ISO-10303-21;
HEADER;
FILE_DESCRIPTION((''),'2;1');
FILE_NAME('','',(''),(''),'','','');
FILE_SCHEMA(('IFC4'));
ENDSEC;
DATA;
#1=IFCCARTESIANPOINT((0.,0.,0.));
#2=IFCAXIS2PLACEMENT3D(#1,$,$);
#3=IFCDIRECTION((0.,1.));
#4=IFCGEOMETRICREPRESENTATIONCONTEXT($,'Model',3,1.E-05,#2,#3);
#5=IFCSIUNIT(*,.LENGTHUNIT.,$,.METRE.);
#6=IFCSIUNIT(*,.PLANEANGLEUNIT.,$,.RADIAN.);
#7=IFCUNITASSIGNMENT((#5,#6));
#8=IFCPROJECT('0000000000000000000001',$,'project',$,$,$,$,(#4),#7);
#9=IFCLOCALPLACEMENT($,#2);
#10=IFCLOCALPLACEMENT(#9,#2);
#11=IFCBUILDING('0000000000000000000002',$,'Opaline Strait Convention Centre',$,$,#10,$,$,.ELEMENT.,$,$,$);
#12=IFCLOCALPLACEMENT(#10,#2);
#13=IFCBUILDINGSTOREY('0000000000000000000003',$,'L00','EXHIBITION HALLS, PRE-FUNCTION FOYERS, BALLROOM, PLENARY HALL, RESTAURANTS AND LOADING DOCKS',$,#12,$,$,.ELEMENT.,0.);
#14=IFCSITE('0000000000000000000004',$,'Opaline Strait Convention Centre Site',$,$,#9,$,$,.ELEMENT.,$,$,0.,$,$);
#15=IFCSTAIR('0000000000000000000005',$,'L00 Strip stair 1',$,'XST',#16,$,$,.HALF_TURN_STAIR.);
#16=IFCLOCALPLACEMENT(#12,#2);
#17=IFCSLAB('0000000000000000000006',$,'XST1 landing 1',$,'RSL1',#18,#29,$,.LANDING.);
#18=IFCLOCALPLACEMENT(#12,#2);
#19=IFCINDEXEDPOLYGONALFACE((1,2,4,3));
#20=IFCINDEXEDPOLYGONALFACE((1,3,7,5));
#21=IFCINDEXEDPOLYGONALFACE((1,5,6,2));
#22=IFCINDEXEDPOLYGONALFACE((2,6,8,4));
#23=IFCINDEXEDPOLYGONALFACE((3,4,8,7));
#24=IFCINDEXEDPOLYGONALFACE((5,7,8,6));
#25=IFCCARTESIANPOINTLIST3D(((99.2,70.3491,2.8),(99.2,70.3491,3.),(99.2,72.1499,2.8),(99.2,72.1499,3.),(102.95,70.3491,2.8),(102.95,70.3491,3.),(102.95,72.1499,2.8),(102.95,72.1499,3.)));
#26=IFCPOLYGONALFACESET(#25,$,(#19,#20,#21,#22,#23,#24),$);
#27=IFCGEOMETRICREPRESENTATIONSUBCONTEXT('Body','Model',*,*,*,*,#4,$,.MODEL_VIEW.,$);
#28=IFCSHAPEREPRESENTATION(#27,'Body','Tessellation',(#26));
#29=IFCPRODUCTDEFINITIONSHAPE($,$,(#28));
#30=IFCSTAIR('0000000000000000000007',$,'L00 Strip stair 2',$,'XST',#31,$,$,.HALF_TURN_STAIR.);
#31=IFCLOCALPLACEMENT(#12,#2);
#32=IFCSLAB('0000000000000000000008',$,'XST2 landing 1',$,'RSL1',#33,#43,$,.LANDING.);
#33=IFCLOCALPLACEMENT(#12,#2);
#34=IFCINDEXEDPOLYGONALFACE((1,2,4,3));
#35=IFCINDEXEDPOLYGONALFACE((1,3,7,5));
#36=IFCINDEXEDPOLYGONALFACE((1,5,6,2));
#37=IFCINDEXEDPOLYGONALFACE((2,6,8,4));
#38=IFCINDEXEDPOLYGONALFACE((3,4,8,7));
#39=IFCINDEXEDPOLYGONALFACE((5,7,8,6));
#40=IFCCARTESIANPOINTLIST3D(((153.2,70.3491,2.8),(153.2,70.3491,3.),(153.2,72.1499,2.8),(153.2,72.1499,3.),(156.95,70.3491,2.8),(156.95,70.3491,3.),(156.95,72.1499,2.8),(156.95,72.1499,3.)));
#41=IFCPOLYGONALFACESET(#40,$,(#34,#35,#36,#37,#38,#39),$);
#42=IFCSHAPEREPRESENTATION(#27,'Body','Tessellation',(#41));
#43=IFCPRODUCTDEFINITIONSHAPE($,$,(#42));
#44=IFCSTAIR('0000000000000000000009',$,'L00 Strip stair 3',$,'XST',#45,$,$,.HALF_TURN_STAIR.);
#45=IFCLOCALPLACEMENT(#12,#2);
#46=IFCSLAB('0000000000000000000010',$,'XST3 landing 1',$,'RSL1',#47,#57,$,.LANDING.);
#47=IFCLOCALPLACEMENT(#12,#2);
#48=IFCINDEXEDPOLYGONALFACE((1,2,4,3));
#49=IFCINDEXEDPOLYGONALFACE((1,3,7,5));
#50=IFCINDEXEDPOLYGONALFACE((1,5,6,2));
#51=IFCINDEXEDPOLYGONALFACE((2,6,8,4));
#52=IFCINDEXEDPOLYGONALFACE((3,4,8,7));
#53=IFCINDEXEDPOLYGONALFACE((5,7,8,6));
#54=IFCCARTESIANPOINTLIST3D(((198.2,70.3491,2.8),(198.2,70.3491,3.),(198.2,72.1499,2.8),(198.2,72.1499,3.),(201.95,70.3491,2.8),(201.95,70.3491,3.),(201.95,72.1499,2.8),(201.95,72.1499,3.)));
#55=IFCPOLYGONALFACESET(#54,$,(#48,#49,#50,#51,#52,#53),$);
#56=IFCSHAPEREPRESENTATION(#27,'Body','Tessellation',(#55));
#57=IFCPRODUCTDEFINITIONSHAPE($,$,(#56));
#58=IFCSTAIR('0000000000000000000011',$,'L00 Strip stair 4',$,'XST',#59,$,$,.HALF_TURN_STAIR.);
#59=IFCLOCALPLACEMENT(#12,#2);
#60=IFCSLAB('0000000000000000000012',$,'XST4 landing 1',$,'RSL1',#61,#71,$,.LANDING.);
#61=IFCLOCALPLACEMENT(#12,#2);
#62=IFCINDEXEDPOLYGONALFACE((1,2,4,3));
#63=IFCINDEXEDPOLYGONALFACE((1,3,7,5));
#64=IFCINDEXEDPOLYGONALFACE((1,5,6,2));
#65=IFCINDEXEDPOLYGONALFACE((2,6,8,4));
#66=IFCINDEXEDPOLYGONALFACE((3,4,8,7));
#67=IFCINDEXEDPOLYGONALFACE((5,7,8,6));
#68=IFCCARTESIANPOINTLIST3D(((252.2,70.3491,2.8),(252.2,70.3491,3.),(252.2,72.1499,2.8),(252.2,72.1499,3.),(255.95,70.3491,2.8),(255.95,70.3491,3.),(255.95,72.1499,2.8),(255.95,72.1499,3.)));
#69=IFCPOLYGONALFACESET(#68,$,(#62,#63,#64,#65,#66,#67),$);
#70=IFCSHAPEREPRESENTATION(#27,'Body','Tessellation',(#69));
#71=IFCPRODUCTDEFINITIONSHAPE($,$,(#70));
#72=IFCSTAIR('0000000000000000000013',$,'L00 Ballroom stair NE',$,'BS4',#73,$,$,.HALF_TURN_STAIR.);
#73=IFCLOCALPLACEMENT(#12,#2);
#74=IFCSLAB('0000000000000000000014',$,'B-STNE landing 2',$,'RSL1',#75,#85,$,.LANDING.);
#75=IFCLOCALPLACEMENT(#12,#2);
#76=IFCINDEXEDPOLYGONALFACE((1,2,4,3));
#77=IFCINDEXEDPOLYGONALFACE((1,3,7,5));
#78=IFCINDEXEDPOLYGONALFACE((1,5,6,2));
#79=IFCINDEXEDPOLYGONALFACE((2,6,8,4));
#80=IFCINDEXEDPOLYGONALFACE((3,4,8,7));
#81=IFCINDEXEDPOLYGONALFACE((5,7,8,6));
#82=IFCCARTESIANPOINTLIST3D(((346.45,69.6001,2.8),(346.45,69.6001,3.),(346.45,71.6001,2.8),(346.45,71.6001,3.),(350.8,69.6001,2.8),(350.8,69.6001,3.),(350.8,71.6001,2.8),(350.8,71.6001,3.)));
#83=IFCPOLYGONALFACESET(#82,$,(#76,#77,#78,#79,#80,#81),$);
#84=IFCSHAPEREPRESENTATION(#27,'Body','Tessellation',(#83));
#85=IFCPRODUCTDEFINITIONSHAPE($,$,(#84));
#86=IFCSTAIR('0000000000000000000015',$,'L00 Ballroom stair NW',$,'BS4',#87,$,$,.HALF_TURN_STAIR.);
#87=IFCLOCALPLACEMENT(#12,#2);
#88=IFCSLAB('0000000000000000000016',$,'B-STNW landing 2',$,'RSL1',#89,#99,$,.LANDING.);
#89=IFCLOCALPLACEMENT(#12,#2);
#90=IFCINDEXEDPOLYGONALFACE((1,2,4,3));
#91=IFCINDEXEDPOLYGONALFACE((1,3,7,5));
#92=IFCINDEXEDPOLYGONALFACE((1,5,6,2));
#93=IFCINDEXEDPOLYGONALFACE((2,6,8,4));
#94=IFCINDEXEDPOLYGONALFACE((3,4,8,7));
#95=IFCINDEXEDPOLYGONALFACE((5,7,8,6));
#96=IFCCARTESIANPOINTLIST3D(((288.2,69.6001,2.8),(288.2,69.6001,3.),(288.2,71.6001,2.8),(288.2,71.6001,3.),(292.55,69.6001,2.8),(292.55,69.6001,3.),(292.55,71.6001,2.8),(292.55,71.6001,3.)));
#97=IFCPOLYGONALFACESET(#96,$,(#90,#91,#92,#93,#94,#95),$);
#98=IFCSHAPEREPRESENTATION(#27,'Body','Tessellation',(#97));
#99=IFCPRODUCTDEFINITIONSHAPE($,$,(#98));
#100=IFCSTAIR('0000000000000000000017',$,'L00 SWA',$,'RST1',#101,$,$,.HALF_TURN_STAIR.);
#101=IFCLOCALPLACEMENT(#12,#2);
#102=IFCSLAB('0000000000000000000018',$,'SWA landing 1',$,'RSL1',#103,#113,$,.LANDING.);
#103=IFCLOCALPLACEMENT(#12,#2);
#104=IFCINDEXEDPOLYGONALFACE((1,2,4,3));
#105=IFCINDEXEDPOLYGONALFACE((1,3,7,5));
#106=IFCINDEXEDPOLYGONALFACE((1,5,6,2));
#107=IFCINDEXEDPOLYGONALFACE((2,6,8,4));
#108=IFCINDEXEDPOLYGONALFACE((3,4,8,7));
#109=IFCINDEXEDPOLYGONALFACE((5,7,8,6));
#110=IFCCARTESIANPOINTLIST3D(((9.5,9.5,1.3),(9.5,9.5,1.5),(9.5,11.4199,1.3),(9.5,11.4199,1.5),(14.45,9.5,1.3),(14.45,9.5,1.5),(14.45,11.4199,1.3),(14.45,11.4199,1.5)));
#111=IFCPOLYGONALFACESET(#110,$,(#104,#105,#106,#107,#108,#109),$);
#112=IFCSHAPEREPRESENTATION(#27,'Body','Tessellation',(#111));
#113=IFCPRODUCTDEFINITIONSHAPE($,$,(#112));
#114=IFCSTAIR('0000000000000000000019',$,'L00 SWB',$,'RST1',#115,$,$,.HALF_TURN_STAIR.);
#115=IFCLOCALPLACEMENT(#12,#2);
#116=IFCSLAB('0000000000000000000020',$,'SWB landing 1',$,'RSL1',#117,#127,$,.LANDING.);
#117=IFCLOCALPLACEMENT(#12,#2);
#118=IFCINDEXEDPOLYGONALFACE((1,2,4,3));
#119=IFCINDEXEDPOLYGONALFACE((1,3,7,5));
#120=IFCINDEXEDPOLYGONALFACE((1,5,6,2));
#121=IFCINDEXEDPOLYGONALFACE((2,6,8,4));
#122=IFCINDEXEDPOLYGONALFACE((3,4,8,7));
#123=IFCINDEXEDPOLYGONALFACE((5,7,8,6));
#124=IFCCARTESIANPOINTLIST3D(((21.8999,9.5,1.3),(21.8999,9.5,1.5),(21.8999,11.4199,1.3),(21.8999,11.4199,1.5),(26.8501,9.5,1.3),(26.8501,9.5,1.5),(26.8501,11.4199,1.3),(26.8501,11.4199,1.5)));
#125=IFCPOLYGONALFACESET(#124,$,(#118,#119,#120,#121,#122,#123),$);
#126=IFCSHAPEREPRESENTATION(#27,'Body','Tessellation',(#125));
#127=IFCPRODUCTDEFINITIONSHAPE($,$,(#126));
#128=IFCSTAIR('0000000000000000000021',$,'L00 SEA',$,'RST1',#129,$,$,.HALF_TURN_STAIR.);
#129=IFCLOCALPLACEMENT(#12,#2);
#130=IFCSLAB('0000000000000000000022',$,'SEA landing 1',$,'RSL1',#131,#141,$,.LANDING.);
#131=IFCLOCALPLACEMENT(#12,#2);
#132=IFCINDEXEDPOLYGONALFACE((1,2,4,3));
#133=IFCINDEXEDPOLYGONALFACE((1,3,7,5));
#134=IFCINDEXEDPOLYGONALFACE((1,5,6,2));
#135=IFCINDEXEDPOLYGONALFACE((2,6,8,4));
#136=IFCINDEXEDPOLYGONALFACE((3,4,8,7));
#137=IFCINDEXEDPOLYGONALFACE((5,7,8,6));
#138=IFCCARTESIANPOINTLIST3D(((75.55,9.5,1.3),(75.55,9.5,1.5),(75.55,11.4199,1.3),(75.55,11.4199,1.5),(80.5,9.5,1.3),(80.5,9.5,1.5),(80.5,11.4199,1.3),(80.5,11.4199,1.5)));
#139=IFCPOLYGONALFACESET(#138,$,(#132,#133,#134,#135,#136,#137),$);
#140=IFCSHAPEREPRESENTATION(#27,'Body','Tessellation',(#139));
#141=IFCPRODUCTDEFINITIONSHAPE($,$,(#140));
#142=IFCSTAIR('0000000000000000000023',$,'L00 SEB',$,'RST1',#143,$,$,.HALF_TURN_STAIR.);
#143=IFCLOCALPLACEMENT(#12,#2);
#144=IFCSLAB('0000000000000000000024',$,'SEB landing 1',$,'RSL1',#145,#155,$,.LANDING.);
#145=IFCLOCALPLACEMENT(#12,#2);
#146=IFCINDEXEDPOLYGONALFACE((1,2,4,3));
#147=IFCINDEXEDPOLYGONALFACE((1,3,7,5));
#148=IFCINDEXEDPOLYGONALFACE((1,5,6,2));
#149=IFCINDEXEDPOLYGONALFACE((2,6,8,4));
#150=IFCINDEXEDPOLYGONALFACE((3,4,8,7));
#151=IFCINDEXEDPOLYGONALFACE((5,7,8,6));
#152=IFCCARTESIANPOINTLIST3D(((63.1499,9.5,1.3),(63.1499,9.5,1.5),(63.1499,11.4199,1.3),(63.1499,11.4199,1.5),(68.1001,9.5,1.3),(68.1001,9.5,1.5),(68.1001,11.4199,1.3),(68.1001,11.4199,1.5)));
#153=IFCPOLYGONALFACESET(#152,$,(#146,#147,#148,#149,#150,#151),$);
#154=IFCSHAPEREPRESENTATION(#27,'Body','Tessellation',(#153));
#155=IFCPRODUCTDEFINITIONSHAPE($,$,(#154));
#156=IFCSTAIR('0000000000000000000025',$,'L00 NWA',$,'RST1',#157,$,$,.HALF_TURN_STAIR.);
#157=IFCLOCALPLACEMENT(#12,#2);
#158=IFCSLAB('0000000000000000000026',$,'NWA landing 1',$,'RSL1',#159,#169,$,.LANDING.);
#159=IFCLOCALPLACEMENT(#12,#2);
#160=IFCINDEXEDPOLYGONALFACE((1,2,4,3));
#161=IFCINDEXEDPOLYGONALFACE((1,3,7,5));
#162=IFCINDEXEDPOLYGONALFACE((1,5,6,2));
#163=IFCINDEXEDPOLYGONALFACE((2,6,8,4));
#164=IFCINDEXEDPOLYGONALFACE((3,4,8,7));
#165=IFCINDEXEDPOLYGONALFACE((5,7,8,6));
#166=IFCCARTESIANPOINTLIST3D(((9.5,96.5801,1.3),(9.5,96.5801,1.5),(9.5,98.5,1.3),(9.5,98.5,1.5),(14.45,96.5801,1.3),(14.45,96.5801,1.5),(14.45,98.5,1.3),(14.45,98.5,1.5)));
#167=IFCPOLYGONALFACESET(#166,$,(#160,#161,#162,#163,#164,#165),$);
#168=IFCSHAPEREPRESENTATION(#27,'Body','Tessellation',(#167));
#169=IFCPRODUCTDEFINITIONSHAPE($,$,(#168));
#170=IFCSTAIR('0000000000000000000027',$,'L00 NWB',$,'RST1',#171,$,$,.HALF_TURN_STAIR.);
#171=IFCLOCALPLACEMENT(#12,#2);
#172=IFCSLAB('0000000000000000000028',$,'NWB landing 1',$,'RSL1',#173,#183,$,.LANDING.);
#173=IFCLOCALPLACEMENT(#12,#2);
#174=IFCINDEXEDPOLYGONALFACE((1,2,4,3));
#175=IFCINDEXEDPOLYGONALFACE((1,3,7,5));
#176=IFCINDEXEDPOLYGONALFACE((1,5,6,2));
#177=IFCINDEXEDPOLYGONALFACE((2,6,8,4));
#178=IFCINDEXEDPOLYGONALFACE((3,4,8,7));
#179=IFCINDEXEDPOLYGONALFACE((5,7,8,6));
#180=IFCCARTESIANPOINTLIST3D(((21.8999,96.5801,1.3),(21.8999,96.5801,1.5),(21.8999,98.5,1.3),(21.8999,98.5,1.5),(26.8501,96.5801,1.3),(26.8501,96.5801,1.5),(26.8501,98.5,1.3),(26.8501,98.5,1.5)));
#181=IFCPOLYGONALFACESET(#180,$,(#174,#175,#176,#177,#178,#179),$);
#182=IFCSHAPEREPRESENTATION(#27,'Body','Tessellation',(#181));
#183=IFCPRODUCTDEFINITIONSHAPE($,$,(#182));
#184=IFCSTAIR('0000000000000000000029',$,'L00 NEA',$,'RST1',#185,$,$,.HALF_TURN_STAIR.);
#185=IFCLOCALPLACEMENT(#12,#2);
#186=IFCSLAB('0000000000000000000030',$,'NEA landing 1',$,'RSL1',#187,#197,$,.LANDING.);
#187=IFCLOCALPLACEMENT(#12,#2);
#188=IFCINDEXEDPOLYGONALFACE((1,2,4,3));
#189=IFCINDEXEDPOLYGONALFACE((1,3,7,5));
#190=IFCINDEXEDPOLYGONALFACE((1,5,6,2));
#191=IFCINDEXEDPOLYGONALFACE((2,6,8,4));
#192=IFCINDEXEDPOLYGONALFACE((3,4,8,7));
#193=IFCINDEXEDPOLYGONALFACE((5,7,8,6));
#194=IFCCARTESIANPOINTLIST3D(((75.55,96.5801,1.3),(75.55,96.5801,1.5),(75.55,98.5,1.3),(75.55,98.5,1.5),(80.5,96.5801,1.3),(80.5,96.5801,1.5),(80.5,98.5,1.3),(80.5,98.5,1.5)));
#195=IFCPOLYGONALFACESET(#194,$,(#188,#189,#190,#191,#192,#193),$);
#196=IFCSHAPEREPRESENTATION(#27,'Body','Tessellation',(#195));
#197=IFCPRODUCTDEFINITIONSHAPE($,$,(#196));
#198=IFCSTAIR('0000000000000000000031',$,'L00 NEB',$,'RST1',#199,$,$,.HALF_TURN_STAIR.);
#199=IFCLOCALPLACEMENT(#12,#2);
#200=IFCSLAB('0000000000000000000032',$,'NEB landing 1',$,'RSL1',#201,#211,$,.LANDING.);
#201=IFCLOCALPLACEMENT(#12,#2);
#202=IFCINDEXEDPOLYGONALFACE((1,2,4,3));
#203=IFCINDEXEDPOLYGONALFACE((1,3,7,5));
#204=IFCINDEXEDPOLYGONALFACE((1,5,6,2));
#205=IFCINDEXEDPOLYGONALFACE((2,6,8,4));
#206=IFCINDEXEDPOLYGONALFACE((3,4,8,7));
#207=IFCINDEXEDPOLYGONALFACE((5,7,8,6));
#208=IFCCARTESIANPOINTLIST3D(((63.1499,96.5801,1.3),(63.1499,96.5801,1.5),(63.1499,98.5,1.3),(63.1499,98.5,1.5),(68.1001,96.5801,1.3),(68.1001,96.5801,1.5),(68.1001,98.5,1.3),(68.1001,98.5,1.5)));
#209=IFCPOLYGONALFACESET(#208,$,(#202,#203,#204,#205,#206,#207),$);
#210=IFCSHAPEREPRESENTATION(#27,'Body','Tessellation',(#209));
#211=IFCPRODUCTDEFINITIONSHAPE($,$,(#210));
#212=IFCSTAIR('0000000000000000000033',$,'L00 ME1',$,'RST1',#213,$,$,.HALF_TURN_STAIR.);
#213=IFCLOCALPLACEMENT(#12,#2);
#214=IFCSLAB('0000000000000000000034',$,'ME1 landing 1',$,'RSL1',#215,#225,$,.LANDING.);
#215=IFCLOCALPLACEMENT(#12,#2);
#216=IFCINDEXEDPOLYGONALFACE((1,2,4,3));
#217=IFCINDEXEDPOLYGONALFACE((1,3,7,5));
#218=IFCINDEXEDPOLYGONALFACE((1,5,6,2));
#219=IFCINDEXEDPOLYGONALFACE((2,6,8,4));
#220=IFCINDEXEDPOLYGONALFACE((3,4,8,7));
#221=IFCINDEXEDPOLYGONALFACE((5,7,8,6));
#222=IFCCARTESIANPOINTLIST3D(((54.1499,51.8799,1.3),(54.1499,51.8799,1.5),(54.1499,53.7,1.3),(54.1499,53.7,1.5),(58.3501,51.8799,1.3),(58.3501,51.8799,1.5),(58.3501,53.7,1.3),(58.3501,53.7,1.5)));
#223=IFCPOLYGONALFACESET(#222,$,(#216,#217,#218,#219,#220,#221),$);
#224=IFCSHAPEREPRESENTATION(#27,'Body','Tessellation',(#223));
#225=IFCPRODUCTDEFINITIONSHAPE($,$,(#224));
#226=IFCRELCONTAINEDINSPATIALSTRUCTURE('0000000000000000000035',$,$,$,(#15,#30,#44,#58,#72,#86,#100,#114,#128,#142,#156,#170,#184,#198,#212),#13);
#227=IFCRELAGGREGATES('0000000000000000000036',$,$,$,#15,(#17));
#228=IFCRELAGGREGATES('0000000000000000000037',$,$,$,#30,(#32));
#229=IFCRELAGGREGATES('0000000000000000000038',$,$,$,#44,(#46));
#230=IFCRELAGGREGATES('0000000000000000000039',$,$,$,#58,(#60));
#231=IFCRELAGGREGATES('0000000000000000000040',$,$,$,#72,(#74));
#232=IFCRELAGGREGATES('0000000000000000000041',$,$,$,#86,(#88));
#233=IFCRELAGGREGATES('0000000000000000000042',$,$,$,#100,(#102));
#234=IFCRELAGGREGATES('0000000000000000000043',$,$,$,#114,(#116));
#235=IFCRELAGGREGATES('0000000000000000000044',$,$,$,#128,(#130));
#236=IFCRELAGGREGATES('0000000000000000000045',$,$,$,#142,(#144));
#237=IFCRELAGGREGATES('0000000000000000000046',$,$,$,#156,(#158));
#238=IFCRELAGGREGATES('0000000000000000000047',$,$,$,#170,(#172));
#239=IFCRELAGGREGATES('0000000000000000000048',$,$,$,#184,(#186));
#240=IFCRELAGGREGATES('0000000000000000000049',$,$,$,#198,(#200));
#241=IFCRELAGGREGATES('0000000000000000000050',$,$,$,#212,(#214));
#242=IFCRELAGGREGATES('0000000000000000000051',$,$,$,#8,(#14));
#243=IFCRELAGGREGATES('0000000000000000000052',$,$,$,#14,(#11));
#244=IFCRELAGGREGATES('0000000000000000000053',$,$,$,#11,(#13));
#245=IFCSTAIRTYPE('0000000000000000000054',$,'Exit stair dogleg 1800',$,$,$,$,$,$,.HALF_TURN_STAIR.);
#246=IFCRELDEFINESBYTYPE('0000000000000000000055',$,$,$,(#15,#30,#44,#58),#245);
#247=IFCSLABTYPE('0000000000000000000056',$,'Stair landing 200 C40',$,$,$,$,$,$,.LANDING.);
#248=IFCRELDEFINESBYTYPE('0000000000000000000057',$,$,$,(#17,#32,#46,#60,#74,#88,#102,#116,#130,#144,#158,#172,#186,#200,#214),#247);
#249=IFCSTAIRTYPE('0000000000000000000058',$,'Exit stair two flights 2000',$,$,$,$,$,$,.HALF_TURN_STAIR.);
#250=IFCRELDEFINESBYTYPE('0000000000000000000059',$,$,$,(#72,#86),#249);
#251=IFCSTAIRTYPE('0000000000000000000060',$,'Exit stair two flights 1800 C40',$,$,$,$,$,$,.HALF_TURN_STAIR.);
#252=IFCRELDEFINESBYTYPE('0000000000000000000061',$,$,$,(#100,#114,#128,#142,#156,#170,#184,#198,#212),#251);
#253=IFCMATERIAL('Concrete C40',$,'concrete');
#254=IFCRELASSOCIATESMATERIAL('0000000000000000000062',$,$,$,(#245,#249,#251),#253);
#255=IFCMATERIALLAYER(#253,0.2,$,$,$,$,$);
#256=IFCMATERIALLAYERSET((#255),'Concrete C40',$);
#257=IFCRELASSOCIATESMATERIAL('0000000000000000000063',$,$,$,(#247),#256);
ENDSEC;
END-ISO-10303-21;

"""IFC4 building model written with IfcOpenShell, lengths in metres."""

from ifc_helpers import new_model, si_unit, direction, frame, origin, place, context, subcontext, project, spatial, polyline, outline, extrude, material, layer, layer_set, type_object, element, aggregate, save


model = new_model("IFC4")

# Units and contexts
model_context = context("Model", 3, precision=1e-05, world=origin(), true_north=direction((0.0, 1.0)))
body_context = subcontext(model_context, "Body", "Model", "MODEL_VIEW")
ifc_project = project(units=[si_unit("LENGTHUNIT", "METRE"), si_unit("PLANEANGLEUNIT", "RADIAN")], contexts=[model_context])

# Site, building, storey
site_placement = place(None, origin())
site = spatial("IfcSite", under=ifc_project, at=site_placement, Name="Opaline Strait Convention Centre Site", CompositionType="ELEMENT", RefElevation=0.0)
building_placement = place(site_placement, origin())
building = spatial("IfcBuilding", under=site, at=building_placement, Name="Opaline Strait Convention Centre", CompositionType="ELEMENT")
storey_placement = place(building_placement, origin())
storey = spatial("IfcBuildingStorey", under=building, at=storey_placement, Name="L00", Description="EXHIBITION HALLS, PRE-FUNCTION FOYERS, BALLROOM, PLENARY HALL, RESTAURANTS AND LOADING DOCKS", CompositionType="ELEMENT", Elevation=0.0)

# Stairs, slabs
ifc_material = material(Name="Concrete C40", Category="concrete")
stair_type_1 = type_object("IfcStairType", Name="Exit stair dogleg 1800", PredefinedType="HALF_TURN_STAIR", material=ifc_material)
stair_1_placement = place(storey_placement, origin())
stair_1 = element("IfcStair", 1, at=stair_1_placement, inside=storey, type_object=stair_type_1, Name="L00 Strip stair 1", ObjectType="XST", PredefinedType="HALF_TURN_STAIR")
ifc_layer_1 = layer(ifc_material, 0.2)
ifc_layer_set_1 = layer_set([ifc_layer_1], Name="Concrete C40")
slab_type_1 = type_object("IfcSlabType", Name="Stair landing 200 C40", PredefinedType="LANDING", material=ifc_layer_set_1)
slab_1_placement = place(storey_placement, frame((0.0, 0.0, 2.8)))
slab_1 = element("IfcSlab", 2, at=slab_1_placement, type_object=slab_type_1, Name="XST1 landing 1", ObjectType="RSL1", PredefinedType="LANDING", context=body_context, shape_type="SweptSolid", body=[
    extrude(outline(polyline([(102.95, 70.3491), (102.95, 72.1499), (99.2, 72.1499), (99.2, 70.3491), (102.95, 70.3491)])), origin(), (0.0, 0.0, 1.0), 0.2),
])
aggregate(stair_1, [slab_1])
stair_2_placement = place(storey_placement, origin())
stair_2 = element("IfcStair", 3, at=stair_2_placement, inside=storey, type_object=stair_type_1, Name="L00 Strip stair 2", ObjectType="XST", PredefinedType="HALF_TURN_STAIR")
slab_2_placement = place(storey_placement, frame((0.0, 0.0, 2.8)))
slab_2 = element("IfcSlab", 4, at=slab_2_placement, type_object=slab_type_1, Name="XST2 landing 1", ObjectType="RSL1", PredefinedType="LANDING", context=body_context, shape_type="SweptSolid", body=[
    extrude(outline(polyline([(156.95, 70.3491), (156.95, 72.1499), (153.2, 72.1499), (153.2, 70.3491), (156.95, 70.3491)])), origin(), (0.0, 0.0, 1.0), 0.2),
])
aggregate(stair_2, [slab_2])
stair_3_placement = place(storey_placement, origin())
stair_3 = element("IfcStair", 5, at=stair_3_placement, inside=storey, type_object=stair_type_1, Name="L00 Strip stair 3", ObjectType="XST", PredefinedType="HALF_TURN_STAIR")
slab_3_placement = place(storey_placement, frame((0.0, 0.0, 2.8)))
slab_3 = element("IfcSlab", 6, at=slab_3_placement, type_object=slab_type_1, Name="XST3 landing 1", ObjectType="RSL1", PredefinedType="LANDING", context=body_context, shape_type="SweptSolid", body=[
    extrude(outline(polyline([(201.95, 70.3491), (201.95, 72.1499), (198.2, 72.1499), (198.2, 70.3491), (201.95, 70.3491)])), origin(), (0.0, 0.0, 1.0), 0.2),
])
aggregate(stair_3, [slab_3])
stair_4_placement = place(storey_placement, origin())
stair_4 = element("IfcStair", 7, at=stair_4_placement, inside=storey, type_object=stair_type_1, Name="L00 Strip stair 4", ObjectType="XST", PredefinedType="HALF_TURN_STAIR")
slab_4_placement = place(storey_placement, frame((0.0, 0.0, 2.8)))
slab_4 = element("IfcSlab", 8, at=slab_4_placement, type_object=slab_type_1, Name="XST4 landing 1", ObjectType="RSL1", PredefinedType="LANDING", context=body_context, shape_type="SweptSolid", body=[
    extrude(outline(polyline([(255.95, 70.3491), (255.95, 72.1499), (252.2, 72.1499), (252.2, 70.3491), (255.95, 70.3491)])), origin(), (0.0, 0.0, 1.0), 0.2),
])
aggregate(stair_4, [slab_4])
stair_type_2 = type_object("IfcStairType", Name="Exit stair two flights 2000", PredefinedType="HALF_TURN_STAIR", material=ifc_material)
stair_5_placement = place(storey_placement, origin())
stair_5 = element("IfcStair", 9, at=stair_5_placement, inside=storey, type_object=stair_type_2, Name="L00 Ballroom stair NE", ObjectType="BS4", PredefinedType="HALF_TURN_STAIR")
slab_5_placement = place(storey_placement, frame((0.0, 0.0, 2.8)))
slab_5 = element("IfcSlab", 10, at=slab_5_placement, type_object=slab_type_1, Name="B-STNE landing 2", ObjectType="RSL1", PredefinedType="LANDING", context=body_context, shape_type="SweptSolid", body=[
    extrude(outline(polyline([(346.45, 71.6001), (346.45, 69.6001), (350.8, 69.6001), (350.8, 71.6001), (346.45, 71.6001)])), origin(), (0.0, 0.0, 1.0), 0.2),
])
aggregate(stair_5, [slab_5])
stair_6_placement = place(storey_placement, origin())
stair_6 = element("IfcStair", 11, at=stair_6_placement, inside=storey, type_object=stair_type_2, Name="L00 Ballroom stair NW", ObjectType="BS4", PredefinedType="HALF_TURN_STAIR")
slab_6_placement = place(storey_placement, frame((0.0, 0.0, 2.8)))
slab_6 = element("IfcSlab", 12, at=slab_6_placement, type_object=slab_type_1, Name="B-STNW landing 2", ObjectType="RSL1", PredefinedType="LANDING", context=body_context, shape_type="SweptSolid", body=[
    extrude(outline(polyline([(288.2, 71.6001), (288.2, 69.6001), (292.55, 69.6001), (292.55, 71.6001), (288.2, 71.6001)])), origin(), (0.0, 0.0, 1.0), 0.2),
])
aggregate(stair_6, [slab_6])
stair_type_3 = type_object("IfcStairType", Name="Exit stair two flights 1800 C40", PredefinedType="HALF_TURN_STAIR", material=ifc_material)
stair_7_placement = place(storey_placement, origin())
stair_7 = element("IfcStair", 13, at=stair_7_placement, inside=storey, type_object=stair_type_3, Name="L00 SWA", ObjectType="RST1", PredefinedType="HALF_TURN_STAIR")
slab_7_placement = place(storey_placement, frame((0.0, 0.0, 1.3)))
slab_7 = element("IfcSlab", 14, at=slab_7_placement, type_object=slab_type_1, Name="SWA landing 1", ObjectType="RSL1", PredefinedType="LANDING", context=body_context, shape_type="SweptSolid", body=[
    extrude(outline(polyline([(9.5, 11.4199), (9.5, 9.5), (14.45, 9.5), (14.45, 11.4199), (9.5, 11.4199)])), origin(), (0.0, 0.0, 1.0), 0.2),
])
aggregate(stair_7, [slab_7])
stair_8_placement = place(storey_placement, origin())
stair_8 = element("IfcStair", 15, at=stair_8_placement, inside=storey, type_object=stair_type_3, Name="L00 SWB", ObjectType="RST1", PredefinedType="HALF_TURN_STAIR")
slab_8_placement = place(storey_placement, frame((0.0, 0.0, 1.3)))
slab_8 = element("IfcSlab", 16, at=slab_8_placement, type_object=slab_type_1, Name="SWB landing 1", ObjectType="RSL1", PredefinedType="LANDING", context=body_context, shape_type="SweptSolid", body=[
    extrude(outline(polyline([(21.8999, 11.4199), (21.8999, 9.5), (26.8501, 9.5), (26.8501, 11.4199), (21.8999, 11.4199)])), origin(), (0.0, 0.0, 1.0), 0.2),
])
aggregate(stair_8, [slab_8])
stair_9_placement = place(storey_placement, origin())
stair_9 = element("IfcStair", 17, at=stair_9_placement, inside=storey, type_object=stair_type_3, Name="L00 SEA", ObjectType="RST1", PredefinedType="HALF_TURN_STAIR")
slab_9_placement = place(storey_placement, frame((0.0, 0.0, 1.3)))
slab_9 = element("IfcSlab", 18, at=slab_9_placement, type_object=slab_type_1, Name="SEA landing 1", ObjectType="RSL1", PredefinedType="LANDING", context=body_context, shape_type="SweptSolid", body=[
    extrude(outline(polyline([(75.55, 11.4199), (75.55, 9.5), (80.5, 9.5), (80.5, 11.4199), (75.55, 11.4199)])), origin(), (0.0, 0.0, 1.0), 0.2),
])
aggregate(stair_9, [slab_9])
stair_10_placement = place(storey_placement, origin())
stair_10 = element("IfcStair", 19, at=stair_10_placement, inside=storey, type_object=stair_type_3, Name="L00 SEB", ObjectType="RST1", PredefinedType="HALF_TURN_STAIR")
slab_10_placement = place(storey_placement, frame((0.0, 0.0, 1.3)))
slab_10 = element("IfcSlab", 20, at=slab_10_placement, type_object=slab_type_1, Name="SEB landing 1", ObjectType="RSL1", PredefinedType="LANDING", context=body_context, shape_type="SweptSolid", body=[
    extrude(outline(polyline([(63.1499, 11.4199), (63.1499, 9.5), (68.1001, 9.5), (68.1001, 11.4199), (63.1499, 11.4199)])), origin(), (0.0, 0.0, 1.0), 0.2),
])
aggregate(stair_10, [slab_10])
stair_11_placement = place(storey_placement, origin())
stair_11 = element("IfcStair", 21, at=stair_11_placement, inside=storey, type_object=stair_type_3, Name="L00 NWA", ObjectType="RST1", PredefinedType="HALF_TURN_STAIR")
slab_11_placement = place(storey_placement, frame((0.0, 0.0, 1.3)))
slab_11 = element("IfcSlab", 22, at=slab_11_placement, type_object=slab_type_1, Name="NWA landing 1", ObjectType="RSL1", PredefinedType="LANDING", context=body_context, shape_type="SweptSolid", body=[
    extrude(outline(polyline([(14.45, 96.5801), (14.45, 98.5), (9.5, 98.5), (9.5, 96.5801), (14.45, 96.5801)])), origin(), (0.0, 0.0, 1.0), 0.2),
])
aggregate(stair_11, [slab_11])
stair_12_placement = place(storey_placement, origin())
stair_12 = element("IfcStair", 23, at=stair_12_placement, inside=storey, type_object=stair_type_3, Name="L00 NWB", ObjectType="RST1", PredefinedType="HALF_TURN_STAIR")
slab_12_placement = place(storey_placement, frame((0.0, 0.0, 1.3)))
slab_12 = element("IfcSlab", 24, at=slab_12_placement, type_object=slab_type_1, Name="NWB landing 1", ObjectType="RSL1", PredefinedType="LANDING", context=body_context, shape_type="SweptSolid", body=[
    extrude(outline(polyline([(26.8501, 96.5801), (26.8501, 98.5), (21.8999, 98.5), (21.8999, 96.5801), (26.8501, 96.5801)])), origin(), (0.0, 0.0, 1.0), 0.2),
])
aggregate(stair_12, [slab_12])
stair_13_placement = place(storey_placement, origin())
stair_13 = element("IfcStair", 25, at=stair_13_placement, inside=storey, type_object=stair_type_3, Name="L00 NEA", ObjectType="RST1", PredefinedType="HALF_TURN_STAIR")
slab_13_placement = place(storey_placement, frame((0.0, 0.0, 1.3)))
slab_13 = element("IfcSlab", 26, at=slab_13_placement, type_object=slab_type_1, Name="NEA landing 1", ObjectType="RSL1", PredefinedType="LANDING", context=body_context, shape_type="SweptSolid", body=[
    extrude(outline(polyline([(80.5, 96.5801), (80.5, 98.5), (75.55, 98.5), (75.55, 96.5801), (80.5, 96.5801)])), origin(), (0.0, 0.0, 1.0), 0.2),
])
aggregate(stair_13, [slab_13])
stair_14_placement = place(storey_placement, origin())
stair_14 = element("IfcStair", 27, at=stair_14_placement, inside=storey, type_object=stair_type_3, Name="L00 NEB", ObjectType="RST1", PredefinedType="HALF_TURN_STAIR")
slab_14_placement = place(storey_placement, frame((0.0, 0.0, 1.3)))
slab_14 = element("IfcSlab", 28, at=slab_14_placement, type_object=slab_type_1, Name="NEB landing 1", ObjectType="RSL1", PredefinedType="LANDING", context=body_context, shape_type="SweptSolid", body=[
    extrude(outline(polyline([(68.1001, 96.5801), (68.1001, 98.5), (63.1499, 98.5), (63.1499, 96.5801), (68.1001, 96.5801)])), origin(), (0.0, 0.0, 1.0), 0.2),
])
aggregate(stair_14, [slab_14])
stair_15_placement = place(storey_placement, origin())
stair_15 = element("IfcStair", 29, at=stair_15_placement, inside=storey, type_object=stair_type_3, Name="L00 ME1", ObjectType="RST1", PredefinedType="HALF_TURN_STAIR")
slab_15_placement = place(storey_placement, frame((0.0, 0.0, 1.3)))
slab_15 = element("IfcSlab", 30, at=slab_15_placement, type_object=slab_type_1, Name="ME1 landing 1", ObjectType="RSL1", PredefinedType="LANDING", context=body_context, shape_type="SweptSolid", body=[
    extrude(outline(polyline([(58.3501, 51.8799), (58.3501, 53.7), (54.1499, 53.7), (54.1499, 51.8799), (58.3501, 51.8799)])), origin(), (0.0, 0.0, 1.0), 0.2),
])
aggregate(stair_15, [slab_15])

save(model, "model.ifc")
